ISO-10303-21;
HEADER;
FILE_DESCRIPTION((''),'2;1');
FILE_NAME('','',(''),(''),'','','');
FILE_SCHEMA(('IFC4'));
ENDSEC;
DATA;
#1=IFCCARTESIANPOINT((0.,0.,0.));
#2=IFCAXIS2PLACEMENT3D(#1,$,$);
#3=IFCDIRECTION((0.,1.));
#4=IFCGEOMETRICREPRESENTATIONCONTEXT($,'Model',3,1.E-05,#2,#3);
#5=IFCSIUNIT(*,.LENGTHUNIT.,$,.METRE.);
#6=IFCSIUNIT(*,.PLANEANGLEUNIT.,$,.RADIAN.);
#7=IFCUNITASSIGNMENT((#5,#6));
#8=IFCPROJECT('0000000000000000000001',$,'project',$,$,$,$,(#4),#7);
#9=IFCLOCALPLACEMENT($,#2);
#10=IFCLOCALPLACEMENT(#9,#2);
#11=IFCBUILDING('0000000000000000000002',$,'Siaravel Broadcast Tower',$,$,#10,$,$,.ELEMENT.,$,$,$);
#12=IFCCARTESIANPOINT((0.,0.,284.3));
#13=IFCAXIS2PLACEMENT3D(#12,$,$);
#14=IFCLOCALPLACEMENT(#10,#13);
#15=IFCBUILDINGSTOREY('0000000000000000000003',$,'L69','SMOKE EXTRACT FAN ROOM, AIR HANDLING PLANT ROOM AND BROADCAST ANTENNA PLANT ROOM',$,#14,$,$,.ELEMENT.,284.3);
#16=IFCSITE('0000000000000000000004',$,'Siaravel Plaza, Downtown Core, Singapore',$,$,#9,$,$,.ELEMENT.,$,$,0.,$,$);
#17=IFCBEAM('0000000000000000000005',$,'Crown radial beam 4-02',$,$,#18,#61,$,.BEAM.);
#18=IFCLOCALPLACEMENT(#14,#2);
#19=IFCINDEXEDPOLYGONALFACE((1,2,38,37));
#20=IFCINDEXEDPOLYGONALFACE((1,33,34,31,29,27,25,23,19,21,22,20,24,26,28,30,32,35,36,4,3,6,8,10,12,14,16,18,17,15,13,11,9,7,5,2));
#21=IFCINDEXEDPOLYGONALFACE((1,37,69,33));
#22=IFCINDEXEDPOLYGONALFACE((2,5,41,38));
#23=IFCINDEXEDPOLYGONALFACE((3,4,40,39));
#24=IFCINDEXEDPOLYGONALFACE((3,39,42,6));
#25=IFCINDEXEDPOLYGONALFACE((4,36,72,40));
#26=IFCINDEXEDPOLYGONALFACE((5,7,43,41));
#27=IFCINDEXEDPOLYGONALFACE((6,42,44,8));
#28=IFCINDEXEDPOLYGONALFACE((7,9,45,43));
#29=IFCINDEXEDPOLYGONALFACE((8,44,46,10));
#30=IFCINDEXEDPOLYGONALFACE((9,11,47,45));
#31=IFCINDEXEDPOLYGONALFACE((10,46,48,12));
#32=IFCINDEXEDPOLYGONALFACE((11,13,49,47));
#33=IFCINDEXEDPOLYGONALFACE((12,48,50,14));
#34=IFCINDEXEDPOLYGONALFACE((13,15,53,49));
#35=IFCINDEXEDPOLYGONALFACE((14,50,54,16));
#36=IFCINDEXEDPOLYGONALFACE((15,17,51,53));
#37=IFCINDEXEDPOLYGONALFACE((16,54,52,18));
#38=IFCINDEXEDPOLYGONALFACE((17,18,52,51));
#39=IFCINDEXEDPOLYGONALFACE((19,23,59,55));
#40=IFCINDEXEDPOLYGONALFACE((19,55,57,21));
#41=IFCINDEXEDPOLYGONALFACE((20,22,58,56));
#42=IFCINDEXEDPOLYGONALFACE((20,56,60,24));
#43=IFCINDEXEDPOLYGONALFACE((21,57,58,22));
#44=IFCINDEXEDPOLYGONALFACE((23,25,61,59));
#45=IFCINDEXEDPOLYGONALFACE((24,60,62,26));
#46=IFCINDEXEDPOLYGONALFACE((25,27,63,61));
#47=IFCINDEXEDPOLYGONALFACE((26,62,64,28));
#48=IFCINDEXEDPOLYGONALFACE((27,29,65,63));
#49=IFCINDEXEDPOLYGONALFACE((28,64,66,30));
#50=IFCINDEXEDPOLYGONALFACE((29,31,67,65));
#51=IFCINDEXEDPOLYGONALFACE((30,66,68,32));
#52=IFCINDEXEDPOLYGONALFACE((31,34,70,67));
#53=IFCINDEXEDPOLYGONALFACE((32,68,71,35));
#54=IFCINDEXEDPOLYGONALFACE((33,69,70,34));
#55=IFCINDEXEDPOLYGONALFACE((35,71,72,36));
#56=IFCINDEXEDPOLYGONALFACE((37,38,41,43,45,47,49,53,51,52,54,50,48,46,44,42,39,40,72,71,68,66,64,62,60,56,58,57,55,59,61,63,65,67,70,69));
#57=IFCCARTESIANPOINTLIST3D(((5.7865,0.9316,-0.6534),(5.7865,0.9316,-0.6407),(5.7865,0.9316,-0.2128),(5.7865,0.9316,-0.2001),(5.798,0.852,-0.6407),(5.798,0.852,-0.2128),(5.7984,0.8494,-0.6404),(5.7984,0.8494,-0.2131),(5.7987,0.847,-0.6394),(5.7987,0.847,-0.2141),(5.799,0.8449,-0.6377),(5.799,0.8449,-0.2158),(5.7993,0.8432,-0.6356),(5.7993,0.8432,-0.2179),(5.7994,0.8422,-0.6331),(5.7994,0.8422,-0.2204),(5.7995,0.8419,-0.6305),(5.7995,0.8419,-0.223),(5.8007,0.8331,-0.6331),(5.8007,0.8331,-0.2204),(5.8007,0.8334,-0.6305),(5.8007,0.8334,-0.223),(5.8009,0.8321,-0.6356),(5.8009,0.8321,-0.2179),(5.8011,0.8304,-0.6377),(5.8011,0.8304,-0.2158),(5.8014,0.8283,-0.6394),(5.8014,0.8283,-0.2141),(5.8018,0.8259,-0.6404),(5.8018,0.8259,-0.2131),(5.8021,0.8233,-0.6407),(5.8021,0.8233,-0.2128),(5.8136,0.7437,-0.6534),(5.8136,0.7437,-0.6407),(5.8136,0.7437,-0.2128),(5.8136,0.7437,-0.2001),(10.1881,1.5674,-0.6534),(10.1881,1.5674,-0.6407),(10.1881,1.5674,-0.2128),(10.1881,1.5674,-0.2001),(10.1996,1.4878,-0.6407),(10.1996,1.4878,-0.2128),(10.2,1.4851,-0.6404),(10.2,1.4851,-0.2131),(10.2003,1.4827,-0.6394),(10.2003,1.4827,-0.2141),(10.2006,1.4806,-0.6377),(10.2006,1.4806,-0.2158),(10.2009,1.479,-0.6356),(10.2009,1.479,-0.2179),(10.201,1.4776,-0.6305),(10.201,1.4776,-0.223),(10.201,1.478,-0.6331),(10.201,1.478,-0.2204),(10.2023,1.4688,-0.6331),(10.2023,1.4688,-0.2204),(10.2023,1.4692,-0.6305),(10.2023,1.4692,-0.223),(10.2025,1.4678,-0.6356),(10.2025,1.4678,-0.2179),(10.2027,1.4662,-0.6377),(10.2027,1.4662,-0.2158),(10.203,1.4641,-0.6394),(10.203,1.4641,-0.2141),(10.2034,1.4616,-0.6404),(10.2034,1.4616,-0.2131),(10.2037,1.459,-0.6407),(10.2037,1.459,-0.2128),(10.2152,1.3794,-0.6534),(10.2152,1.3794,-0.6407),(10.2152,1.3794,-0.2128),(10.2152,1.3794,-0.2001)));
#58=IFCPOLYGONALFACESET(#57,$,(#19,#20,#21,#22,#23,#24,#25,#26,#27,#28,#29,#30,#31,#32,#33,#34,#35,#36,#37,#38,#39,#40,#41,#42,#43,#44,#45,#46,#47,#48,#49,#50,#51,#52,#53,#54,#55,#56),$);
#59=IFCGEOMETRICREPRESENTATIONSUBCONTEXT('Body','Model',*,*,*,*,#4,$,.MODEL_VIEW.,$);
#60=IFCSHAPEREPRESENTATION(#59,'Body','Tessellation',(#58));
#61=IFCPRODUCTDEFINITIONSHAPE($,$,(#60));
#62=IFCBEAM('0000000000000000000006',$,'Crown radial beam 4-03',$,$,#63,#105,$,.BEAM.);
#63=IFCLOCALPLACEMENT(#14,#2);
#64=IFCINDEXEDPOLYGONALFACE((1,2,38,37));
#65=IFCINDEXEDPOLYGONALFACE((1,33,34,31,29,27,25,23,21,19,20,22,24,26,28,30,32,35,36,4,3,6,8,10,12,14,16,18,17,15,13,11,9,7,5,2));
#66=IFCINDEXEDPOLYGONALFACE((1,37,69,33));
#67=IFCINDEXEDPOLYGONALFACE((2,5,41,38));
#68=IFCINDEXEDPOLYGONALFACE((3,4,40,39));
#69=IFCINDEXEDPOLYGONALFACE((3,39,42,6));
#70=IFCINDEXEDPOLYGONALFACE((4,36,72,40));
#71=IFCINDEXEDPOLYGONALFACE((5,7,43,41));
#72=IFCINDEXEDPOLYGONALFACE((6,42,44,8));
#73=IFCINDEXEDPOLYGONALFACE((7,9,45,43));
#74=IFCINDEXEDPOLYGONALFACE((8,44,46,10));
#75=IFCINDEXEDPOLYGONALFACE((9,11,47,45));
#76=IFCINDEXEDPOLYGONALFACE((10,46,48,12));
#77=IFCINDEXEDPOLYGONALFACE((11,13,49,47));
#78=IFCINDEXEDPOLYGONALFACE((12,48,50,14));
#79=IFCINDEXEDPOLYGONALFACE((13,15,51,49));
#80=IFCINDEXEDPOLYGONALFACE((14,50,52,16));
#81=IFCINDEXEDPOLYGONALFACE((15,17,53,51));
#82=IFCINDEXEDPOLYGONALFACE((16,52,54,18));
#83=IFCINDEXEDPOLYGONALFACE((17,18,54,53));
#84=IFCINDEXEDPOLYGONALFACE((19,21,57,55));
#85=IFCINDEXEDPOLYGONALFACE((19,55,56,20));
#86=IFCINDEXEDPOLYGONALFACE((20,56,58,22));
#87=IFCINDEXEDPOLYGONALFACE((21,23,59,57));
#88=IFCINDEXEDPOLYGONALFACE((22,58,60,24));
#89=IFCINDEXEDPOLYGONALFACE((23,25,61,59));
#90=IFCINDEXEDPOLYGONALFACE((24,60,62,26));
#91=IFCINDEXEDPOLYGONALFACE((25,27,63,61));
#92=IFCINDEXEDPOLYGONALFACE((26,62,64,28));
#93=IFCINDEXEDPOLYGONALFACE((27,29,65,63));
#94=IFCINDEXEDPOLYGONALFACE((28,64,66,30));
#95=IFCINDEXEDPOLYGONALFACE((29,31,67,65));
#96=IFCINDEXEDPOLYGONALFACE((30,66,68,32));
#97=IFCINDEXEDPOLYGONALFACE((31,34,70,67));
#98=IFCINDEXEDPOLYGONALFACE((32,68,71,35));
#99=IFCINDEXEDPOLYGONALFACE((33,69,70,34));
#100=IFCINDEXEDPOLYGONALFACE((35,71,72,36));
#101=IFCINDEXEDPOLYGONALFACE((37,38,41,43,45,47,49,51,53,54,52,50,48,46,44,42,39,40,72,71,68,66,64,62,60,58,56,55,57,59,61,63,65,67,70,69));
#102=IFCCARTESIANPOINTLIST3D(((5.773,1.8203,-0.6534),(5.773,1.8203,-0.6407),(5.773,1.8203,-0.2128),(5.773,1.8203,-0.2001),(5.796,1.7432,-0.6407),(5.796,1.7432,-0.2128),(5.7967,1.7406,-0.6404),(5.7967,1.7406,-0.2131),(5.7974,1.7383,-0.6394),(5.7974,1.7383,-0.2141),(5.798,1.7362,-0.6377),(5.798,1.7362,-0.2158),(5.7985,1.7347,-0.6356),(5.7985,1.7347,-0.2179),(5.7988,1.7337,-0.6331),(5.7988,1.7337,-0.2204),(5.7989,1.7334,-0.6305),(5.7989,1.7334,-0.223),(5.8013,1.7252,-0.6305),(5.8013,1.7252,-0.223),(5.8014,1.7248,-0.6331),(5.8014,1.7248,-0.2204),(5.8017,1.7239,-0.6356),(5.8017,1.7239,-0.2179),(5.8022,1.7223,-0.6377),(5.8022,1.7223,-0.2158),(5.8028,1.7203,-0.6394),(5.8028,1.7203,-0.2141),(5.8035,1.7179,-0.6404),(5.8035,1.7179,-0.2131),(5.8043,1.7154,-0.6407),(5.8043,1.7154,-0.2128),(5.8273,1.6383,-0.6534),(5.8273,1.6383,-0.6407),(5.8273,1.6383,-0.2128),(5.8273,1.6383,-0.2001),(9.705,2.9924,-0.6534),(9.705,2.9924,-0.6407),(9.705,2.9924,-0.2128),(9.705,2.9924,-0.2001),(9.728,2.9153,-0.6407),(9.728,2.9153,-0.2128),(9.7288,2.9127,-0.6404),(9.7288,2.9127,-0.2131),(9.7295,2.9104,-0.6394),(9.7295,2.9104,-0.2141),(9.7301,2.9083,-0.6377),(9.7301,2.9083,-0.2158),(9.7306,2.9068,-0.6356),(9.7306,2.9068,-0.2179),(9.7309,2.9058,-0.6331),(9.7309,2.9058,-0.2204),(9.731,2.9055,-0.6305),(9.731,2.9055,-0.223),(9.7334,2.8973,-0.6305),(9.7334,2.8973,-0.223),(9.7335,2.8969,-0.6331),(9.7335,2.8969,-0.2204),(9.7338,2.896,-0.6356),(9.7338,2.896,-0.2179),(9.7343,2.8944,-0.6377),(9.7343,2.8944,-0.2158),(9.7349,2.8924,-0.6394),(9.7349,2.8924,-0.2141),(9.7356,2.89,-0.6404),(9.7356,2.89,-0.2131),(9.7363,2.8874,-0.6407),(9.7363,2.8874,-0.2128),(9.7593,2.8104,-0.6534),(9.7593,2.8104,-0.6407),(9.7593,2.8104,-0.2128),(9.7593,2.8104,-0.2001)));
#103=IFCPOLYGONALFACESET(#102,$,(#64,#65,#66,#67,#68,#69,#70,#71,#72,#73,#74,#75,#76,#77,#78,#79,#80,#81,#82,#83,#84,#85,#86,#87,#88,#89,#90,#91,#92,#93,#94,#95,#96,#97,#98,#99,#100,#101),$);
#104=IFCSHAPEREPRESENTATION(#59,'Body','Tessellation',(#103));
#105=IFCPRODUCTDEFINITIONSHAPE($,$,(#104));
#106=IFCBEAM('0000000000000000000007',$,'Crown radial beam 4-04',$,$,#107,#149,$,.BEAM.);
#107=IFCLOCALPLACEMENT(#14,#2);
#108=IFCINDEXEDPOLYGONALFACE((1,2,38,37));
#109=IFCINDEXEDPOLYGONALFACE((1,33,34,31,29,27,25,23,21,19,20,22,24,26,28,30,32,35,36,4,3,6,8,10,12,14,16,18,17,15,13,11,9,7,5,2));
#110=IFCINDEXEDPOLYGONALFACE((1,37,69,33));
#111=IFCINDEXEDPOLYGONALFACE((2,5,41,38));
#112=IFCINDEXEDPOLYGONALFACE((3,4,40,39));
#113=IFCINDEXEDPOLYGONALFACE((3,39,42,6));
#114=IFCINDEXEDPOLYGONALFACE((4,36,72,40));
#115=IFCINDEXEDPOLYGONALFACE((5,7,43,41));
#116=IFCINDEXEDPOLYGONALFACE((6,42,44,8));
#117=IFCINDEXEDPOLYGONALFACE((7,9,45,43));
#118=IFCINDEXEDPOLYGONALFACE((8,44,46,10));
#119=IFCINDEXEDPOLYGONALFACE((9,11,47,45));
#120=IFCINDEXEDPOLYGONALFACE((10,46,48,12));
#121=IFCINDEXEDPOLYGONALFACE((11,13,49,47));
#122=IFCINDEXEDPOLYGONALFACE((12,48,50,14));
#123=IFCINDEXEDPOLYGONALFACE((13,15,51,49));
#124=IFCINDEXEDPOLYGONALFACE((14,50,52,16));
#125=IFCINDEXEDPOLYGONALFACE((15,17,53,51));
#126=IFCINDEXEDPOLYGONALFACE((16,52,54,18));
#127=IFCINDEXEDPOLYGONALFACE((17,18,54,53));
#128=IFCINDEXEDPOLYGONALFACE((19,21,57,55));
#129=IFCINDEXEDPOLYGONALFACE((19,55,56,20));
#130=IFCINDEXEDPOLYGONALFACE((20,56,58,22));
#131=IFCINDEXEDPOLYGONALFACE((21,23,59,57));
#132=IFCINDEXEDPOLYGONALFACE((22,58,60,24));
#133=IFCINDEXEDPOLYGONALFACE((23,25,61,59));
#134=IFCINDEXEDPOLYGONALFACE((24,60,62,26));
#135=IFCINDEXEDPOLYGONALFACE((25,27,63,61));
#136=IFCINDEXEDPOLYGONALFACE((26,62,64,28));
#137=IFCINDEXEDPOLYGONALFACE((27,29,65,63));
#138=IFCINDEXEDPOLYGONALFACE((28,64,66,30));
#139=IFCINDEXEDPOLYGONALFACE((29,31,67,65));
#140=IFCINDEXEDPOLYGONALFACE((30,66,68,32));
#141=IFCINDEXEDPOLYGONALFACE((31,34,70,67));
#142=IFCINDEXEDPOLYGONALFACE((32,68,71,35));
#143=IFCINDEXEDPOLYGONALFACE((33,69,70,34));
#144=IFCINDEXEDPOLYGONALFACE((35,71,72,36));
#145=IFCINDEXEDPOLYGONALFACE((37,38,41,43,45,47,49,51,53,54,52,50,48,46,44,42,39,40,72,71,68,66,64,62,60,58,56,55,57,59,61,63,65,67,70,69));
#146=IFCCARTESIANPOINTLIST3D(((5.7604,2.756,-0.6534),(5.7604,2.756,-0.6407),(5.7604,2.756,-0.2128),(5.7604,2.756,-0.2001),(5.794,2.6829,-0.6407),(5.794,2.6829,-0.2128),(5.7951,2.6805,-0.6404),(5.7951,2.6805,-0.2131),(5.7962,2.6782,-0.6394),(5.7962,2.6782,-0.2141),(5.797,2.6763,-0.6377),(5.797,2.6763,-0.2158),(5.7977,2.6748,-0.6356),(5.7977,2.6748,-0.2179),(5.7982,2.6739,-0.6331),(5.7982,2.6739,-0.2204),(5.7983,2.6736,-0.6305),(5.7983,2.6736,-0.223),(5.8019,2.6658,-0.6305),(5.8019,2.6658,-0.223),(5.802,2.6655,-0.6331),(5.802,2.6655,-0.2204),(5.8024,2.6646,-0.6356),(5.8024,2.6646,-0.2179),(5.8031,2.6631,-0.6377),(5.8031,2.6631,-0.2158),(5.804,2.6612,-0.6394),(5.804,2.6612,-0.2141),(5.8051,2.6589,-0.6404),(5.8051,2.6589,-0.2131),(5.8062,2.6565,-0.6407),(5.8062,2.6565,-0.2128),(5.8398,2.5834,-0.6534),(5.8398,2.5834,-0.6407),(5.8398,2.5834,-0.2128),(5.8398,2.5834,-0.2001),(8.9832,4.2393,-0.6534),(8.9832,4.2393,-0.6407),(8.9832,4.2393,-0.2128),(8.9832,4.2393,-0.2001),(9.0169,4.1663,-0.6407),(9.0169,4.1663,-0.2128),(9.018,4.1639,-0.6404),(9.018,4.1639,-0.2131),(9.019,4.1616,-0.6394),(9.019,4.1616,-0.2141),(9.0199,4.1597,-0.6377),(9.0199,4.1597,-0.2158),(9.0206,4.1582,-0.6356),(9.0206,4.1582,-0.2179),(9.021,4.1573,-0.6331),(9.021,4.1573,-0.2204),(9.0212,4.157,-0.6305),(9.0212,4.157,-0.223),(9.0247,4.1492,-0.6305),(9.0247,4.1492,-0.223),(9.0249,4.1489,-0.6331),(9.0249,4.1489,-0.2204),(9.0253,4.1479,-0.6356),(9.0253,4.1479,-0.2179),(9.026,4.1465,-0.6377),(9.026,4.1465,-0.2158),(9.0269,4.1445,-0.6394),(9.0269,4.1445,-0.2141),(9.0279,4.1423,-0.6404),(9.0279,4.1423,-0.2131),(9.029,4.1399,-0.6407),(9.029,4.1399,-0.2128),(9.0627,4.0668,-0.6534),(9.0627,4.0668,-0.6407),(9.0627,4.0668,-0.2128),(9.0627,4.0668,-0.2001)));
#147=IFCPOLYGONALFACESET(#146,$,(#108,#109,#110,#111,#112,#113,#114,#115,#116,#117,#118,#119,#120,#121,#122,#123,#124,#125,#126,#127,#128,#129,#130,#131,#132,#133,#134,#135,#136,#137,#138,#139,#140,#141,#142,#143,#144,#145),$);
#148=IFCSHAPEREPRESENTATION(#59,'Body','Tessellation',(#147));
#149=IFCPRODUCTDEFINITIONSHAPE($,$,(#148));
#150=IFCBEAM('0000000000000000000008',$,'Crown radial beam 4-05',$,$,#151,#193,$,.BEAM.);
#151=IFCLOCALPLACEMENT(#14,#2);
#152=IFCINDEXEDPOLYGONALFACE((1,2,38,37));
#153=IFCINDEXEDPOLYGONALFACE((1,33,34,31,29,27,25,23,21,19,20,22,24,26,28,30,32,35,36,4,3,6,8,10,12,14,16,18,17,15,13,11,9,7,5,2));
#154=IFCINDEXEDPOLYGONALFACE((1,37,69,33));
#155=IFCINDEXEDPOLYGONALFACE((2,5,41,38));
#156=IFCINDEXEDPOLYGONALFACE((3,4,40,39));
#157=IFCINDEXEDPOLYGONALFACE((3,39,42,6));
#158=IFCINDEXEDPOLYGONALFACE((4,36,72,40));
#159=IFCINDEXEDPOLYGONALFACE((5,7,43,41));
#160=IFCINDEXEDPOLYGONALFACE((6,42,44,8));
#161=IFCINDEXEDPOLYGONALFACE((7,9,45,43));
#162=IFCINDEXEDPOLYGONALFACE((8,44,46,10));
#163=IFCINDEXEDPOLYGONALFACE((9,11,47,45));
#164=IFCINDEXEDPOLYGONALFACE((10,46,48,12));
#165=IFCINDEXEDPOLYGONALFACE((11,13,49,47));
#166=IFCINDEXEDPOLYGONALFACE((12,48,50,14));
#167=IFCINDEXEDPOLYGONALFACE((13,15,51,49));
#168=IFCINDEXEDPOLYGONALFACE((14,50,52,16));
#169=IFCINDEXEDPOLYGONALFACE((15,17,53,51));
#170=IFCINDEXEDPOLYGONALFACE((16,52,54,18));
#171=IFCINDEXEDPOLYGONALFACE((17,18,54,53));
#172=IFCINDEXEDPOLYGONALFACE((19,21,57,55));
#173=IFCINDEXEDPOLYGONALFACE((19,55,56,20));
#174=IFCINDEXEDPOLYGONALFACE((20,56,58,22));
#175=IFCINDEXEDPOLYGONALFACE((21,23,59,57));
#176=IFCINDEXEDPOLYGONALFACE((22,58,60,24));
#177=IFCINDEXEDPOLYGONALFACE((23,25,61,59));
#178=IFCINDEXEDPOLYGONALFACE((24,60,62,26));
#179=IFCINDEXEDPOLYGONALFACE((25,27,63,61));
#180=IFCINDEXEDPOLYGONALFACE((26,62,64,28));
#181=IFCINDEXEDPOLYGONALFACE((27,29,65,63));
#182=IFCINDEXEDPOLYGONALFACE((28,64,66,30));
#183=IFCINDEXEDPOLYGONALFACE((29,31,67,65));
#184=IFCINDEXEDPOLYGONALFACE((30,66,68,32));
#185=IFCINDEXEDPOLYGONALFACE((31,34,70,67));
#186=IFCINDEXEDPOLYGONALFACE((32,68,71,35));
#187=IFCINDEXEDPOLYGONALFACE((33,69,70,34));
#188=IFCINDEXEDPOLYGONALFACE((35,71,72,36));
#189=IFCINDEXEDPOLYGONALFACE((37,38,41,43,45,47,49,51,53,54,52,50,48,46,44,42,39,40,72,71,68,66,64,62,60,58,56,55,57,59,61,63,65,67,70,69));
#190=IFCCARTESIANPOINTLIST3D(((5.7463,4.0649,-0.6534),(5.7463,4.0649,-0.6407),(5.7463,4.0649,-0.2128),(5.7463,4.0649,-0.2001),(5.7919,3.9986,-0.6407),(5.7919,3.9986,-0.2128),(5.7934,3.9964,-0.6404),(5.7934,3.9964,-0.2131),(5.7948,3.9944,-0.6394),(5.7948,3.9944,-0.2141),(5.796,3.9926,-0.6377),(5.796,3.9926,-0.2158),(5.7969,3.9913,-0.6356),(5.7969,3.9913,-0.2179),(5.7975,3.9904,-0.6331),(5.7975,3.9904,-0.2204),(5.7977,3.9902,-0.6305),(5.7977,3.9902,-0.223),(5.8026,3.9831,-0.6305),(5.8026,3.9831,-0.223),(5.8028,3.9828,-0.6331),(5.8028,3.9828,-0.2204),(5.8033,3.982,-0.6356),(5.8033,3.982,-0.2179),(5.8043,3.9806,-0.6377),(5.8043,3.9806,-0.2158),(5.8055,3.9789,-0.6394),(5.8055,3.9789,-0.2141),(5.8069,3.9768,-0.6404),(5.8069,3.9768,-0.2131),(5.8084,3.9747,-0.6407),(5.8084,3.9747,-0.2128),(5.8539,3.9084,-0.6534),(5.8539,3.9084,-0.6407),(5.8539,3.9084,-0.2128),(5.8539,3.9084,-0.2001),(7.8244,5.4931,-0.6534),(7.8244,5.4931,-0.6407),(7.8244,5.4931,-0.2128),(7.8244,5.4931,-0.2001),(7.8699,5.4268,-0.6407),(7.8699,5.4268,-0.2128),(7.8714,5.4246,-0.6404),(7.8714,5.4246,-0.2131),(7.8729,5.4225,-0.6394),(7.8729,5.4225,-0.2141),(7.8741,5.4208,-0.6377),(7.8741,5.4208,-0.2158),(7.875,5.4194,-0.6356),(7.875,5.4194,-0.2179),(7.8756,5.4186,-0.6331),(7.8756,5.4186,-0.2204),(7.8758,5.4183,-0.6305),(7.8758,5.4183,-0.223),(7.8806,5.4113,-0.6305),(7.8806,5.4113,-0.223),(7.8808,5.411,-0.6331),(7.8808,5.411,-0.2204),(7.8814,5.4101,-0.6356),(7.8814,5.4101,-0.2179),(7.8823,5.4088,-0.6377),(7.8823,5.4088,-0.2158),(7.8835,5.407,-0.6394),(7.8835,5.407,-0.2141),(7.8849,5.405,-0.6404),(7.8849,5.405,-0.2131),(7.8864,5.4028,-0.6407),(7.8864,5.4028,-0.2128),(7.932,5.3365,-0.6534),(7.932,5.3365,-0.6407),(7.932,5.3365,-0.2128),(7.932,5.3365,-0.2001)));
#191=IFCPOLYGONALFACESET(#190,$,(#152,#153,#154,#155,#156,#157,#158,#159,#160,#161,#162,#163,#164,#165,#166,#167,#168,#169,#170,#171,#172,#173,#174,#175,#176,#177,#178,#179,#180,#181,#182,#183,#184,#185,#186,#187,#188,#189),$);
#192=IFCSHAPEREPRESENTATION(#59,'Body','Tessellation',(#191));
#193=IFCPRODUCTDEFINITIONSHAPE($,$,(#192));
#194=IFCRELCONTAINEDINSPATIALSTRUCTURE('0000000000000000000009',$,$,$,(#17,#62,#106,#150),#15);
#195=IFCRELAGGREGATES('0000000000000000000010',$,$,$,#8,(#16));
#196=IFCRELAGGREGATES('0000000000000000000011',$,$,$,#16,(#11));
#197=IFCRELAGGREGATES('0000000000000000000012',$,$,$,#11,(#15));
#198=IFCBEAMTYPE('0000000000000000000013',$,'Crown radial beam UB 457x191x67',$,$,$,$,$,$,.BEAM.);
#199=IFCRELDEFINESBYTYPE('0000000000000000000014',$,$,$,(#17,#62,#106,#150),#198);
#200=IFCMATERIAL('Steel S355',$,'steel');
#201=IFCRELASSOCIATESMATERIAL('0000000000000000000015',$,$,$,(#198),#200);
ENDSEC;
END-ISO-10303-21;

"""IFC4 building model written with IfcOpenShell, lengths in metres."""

from ifc_helpers import new_model, si_unit, direction, frame, origin, origin_2d, place, context, subcontext, project, spatial, i_section, extrude, material, material_profile, profile_set, type_object, element, save


model = new_model("IFC4")

# Units and contexts
model_context = context("Model", 3, precision=1e-05, world=origin(), true_north=direction((0.0, 1.0)))
body_context = subcontext(model_context, "Body", "Model", "MODEL_VIEW")
ifc_project = project(units=[si_unit("LENGTHUNIT", "METRE"), si_unit("PLANEANGLEUNIT", "RADIAN")], contexts=[model_context])

# Site, building, storey
site_placement = place(None, origin())
site = spatial("IfcSite", under=ifc_project, at=site_placement, Name="Siaravel Plaza, Downtown Core, Singapore", CompositionType="ELEMENT", RefElevation=0.0)
building_placement = place(site_placement, origin())
building = spatial("IfcBuilding", under=site, at=building_placement, Name="Siaravel Broadcast Tower", CompositionType="ELEMENT")
storey_placement = place(building_placement, frame((0.0, 0.0, 284.3)))
storey = spatial("IfcBuildingStorey", under=building, at=storey_placement, Name="L69", Description="SMOKE EXTRACT FAN ROOM, AIR HANDLING PLANT ROOM AND BROADCAST ANTENNA PLANT ROOM", CompositionType="ELEMENT", Elevation=284.3)

# Beams
ifc_material_1 = material(Name="Steel S355", Category="steel")
ifc_material_profile_1 = material_profile(ifc_material_1, i_section(OverallWidth=0.1899, OverallDepth=0.4534, WebThickness=0.0085, FlangeThickness=0.0127, FilletRadius=0.0103, at=origin_2d()))
ifc_profile_set_1 = profile_set([ifc_material_profile_1], Name="Steel S355")
beam_type_1 = type_object("IfcBeamType", Name="Crown radial beam UB 457x191x67", PredefinedType="BEAM", material=ifc_profile_set_1)
beam_1_placement = place(storey_placement, frame((10.2017, 1.4734, -0.4268), z_axis=(-0.98973, -0.142951, 0.0), x_axis=(0.142951, -0.98973, 0.0)))
element("IfcBeam", 1, at=beam_1_placement, inside=storey, type_object=beam_type_1, Name="Crown radial beam 4-02", PredefinedType="BEAM", context=body_context, shape_type="SweptSolid", body=[
    extrude(i_section(OverallWidth=0.1899, OverallDepth=0.4534, WebThickness=0.0085, FlangeThickness=0.0127, FilletRadius=0.0103, at=origin_2d()), origin(), (0.0, 0.0, 1.0), 4.4473),
])
beam_2_placement = place(storey_placement, frame((9.7322, 2.9014, -0.4268), z_axis=(-0.958329, -0.285666, 0.0), x_axis=(0.285666, -0.958329, 0.0)))
element("IfcBeam", 2, at=beam_2_placement, inside=storey, type_object=beam_type_1, Name="Crown radial beam 4-03", PredefinedType="BEAM", context=body_context, shape_type="SweptSolid", body=[
    extrude(i_section(OverallWidth=0.1899, OverallDepth=0.4534, WebThickness=0.0085, FlangeThickness=0.0127, FilletRadius=0.0103, at=origin_2d()), origin(), (0.0, 0.0, 1.0), 4.103),
])
beam_3_placement = place(storey_placement, frame((9.0229, 4.1531, -0.4268), z_axis=(-0.908398, -0.418107, 0.0), x_axis=(0.418107, -0.908398, 0.0)))
element("IfcBeam", 3, at=beam_3_placement, inside=storey, type_object=beam_type_1, Name="Crown radial beam 4-04", PredefinedType="BEAM", context=body_context, shape_type="SweptSolid", body=[
    extrude(i_section(OverallWidth=0.1899, OverallDepth=0.4534, WebThickness=0.0085, FlangeThickness=0.0127, FilletRadius=0.0103, at=origin_2d()), origin(), (0.0, 0.0, 1.0), 3.5479),
])
beam_4_placement = place(storey_placement, frame((7.8782, 5.4148, -0.4268), z_axis=(-0.824132, -0.566397, 0.0), x_axis=(0.566397, -0.824132, 0.0)))
element("IfcBeam", 4, at=beam_4_placement, inside=storey, type_object=beam_type_1, Name="Crown radial beam 4-05", PredefinedType="BEAM", context=body_context, shape_type="SweptSolid", body=[
    extrude(i_section(OverallWidth=0.1899, OverallDepth=0.4534, WebThickness=0.0085, FlangeThickness=0.0127, FilletRadius=0.0103, at=origin_2d()), origin(), (0.0, 0.0, 1.0), 2.5215),
])

save(model, "model.ifc")
